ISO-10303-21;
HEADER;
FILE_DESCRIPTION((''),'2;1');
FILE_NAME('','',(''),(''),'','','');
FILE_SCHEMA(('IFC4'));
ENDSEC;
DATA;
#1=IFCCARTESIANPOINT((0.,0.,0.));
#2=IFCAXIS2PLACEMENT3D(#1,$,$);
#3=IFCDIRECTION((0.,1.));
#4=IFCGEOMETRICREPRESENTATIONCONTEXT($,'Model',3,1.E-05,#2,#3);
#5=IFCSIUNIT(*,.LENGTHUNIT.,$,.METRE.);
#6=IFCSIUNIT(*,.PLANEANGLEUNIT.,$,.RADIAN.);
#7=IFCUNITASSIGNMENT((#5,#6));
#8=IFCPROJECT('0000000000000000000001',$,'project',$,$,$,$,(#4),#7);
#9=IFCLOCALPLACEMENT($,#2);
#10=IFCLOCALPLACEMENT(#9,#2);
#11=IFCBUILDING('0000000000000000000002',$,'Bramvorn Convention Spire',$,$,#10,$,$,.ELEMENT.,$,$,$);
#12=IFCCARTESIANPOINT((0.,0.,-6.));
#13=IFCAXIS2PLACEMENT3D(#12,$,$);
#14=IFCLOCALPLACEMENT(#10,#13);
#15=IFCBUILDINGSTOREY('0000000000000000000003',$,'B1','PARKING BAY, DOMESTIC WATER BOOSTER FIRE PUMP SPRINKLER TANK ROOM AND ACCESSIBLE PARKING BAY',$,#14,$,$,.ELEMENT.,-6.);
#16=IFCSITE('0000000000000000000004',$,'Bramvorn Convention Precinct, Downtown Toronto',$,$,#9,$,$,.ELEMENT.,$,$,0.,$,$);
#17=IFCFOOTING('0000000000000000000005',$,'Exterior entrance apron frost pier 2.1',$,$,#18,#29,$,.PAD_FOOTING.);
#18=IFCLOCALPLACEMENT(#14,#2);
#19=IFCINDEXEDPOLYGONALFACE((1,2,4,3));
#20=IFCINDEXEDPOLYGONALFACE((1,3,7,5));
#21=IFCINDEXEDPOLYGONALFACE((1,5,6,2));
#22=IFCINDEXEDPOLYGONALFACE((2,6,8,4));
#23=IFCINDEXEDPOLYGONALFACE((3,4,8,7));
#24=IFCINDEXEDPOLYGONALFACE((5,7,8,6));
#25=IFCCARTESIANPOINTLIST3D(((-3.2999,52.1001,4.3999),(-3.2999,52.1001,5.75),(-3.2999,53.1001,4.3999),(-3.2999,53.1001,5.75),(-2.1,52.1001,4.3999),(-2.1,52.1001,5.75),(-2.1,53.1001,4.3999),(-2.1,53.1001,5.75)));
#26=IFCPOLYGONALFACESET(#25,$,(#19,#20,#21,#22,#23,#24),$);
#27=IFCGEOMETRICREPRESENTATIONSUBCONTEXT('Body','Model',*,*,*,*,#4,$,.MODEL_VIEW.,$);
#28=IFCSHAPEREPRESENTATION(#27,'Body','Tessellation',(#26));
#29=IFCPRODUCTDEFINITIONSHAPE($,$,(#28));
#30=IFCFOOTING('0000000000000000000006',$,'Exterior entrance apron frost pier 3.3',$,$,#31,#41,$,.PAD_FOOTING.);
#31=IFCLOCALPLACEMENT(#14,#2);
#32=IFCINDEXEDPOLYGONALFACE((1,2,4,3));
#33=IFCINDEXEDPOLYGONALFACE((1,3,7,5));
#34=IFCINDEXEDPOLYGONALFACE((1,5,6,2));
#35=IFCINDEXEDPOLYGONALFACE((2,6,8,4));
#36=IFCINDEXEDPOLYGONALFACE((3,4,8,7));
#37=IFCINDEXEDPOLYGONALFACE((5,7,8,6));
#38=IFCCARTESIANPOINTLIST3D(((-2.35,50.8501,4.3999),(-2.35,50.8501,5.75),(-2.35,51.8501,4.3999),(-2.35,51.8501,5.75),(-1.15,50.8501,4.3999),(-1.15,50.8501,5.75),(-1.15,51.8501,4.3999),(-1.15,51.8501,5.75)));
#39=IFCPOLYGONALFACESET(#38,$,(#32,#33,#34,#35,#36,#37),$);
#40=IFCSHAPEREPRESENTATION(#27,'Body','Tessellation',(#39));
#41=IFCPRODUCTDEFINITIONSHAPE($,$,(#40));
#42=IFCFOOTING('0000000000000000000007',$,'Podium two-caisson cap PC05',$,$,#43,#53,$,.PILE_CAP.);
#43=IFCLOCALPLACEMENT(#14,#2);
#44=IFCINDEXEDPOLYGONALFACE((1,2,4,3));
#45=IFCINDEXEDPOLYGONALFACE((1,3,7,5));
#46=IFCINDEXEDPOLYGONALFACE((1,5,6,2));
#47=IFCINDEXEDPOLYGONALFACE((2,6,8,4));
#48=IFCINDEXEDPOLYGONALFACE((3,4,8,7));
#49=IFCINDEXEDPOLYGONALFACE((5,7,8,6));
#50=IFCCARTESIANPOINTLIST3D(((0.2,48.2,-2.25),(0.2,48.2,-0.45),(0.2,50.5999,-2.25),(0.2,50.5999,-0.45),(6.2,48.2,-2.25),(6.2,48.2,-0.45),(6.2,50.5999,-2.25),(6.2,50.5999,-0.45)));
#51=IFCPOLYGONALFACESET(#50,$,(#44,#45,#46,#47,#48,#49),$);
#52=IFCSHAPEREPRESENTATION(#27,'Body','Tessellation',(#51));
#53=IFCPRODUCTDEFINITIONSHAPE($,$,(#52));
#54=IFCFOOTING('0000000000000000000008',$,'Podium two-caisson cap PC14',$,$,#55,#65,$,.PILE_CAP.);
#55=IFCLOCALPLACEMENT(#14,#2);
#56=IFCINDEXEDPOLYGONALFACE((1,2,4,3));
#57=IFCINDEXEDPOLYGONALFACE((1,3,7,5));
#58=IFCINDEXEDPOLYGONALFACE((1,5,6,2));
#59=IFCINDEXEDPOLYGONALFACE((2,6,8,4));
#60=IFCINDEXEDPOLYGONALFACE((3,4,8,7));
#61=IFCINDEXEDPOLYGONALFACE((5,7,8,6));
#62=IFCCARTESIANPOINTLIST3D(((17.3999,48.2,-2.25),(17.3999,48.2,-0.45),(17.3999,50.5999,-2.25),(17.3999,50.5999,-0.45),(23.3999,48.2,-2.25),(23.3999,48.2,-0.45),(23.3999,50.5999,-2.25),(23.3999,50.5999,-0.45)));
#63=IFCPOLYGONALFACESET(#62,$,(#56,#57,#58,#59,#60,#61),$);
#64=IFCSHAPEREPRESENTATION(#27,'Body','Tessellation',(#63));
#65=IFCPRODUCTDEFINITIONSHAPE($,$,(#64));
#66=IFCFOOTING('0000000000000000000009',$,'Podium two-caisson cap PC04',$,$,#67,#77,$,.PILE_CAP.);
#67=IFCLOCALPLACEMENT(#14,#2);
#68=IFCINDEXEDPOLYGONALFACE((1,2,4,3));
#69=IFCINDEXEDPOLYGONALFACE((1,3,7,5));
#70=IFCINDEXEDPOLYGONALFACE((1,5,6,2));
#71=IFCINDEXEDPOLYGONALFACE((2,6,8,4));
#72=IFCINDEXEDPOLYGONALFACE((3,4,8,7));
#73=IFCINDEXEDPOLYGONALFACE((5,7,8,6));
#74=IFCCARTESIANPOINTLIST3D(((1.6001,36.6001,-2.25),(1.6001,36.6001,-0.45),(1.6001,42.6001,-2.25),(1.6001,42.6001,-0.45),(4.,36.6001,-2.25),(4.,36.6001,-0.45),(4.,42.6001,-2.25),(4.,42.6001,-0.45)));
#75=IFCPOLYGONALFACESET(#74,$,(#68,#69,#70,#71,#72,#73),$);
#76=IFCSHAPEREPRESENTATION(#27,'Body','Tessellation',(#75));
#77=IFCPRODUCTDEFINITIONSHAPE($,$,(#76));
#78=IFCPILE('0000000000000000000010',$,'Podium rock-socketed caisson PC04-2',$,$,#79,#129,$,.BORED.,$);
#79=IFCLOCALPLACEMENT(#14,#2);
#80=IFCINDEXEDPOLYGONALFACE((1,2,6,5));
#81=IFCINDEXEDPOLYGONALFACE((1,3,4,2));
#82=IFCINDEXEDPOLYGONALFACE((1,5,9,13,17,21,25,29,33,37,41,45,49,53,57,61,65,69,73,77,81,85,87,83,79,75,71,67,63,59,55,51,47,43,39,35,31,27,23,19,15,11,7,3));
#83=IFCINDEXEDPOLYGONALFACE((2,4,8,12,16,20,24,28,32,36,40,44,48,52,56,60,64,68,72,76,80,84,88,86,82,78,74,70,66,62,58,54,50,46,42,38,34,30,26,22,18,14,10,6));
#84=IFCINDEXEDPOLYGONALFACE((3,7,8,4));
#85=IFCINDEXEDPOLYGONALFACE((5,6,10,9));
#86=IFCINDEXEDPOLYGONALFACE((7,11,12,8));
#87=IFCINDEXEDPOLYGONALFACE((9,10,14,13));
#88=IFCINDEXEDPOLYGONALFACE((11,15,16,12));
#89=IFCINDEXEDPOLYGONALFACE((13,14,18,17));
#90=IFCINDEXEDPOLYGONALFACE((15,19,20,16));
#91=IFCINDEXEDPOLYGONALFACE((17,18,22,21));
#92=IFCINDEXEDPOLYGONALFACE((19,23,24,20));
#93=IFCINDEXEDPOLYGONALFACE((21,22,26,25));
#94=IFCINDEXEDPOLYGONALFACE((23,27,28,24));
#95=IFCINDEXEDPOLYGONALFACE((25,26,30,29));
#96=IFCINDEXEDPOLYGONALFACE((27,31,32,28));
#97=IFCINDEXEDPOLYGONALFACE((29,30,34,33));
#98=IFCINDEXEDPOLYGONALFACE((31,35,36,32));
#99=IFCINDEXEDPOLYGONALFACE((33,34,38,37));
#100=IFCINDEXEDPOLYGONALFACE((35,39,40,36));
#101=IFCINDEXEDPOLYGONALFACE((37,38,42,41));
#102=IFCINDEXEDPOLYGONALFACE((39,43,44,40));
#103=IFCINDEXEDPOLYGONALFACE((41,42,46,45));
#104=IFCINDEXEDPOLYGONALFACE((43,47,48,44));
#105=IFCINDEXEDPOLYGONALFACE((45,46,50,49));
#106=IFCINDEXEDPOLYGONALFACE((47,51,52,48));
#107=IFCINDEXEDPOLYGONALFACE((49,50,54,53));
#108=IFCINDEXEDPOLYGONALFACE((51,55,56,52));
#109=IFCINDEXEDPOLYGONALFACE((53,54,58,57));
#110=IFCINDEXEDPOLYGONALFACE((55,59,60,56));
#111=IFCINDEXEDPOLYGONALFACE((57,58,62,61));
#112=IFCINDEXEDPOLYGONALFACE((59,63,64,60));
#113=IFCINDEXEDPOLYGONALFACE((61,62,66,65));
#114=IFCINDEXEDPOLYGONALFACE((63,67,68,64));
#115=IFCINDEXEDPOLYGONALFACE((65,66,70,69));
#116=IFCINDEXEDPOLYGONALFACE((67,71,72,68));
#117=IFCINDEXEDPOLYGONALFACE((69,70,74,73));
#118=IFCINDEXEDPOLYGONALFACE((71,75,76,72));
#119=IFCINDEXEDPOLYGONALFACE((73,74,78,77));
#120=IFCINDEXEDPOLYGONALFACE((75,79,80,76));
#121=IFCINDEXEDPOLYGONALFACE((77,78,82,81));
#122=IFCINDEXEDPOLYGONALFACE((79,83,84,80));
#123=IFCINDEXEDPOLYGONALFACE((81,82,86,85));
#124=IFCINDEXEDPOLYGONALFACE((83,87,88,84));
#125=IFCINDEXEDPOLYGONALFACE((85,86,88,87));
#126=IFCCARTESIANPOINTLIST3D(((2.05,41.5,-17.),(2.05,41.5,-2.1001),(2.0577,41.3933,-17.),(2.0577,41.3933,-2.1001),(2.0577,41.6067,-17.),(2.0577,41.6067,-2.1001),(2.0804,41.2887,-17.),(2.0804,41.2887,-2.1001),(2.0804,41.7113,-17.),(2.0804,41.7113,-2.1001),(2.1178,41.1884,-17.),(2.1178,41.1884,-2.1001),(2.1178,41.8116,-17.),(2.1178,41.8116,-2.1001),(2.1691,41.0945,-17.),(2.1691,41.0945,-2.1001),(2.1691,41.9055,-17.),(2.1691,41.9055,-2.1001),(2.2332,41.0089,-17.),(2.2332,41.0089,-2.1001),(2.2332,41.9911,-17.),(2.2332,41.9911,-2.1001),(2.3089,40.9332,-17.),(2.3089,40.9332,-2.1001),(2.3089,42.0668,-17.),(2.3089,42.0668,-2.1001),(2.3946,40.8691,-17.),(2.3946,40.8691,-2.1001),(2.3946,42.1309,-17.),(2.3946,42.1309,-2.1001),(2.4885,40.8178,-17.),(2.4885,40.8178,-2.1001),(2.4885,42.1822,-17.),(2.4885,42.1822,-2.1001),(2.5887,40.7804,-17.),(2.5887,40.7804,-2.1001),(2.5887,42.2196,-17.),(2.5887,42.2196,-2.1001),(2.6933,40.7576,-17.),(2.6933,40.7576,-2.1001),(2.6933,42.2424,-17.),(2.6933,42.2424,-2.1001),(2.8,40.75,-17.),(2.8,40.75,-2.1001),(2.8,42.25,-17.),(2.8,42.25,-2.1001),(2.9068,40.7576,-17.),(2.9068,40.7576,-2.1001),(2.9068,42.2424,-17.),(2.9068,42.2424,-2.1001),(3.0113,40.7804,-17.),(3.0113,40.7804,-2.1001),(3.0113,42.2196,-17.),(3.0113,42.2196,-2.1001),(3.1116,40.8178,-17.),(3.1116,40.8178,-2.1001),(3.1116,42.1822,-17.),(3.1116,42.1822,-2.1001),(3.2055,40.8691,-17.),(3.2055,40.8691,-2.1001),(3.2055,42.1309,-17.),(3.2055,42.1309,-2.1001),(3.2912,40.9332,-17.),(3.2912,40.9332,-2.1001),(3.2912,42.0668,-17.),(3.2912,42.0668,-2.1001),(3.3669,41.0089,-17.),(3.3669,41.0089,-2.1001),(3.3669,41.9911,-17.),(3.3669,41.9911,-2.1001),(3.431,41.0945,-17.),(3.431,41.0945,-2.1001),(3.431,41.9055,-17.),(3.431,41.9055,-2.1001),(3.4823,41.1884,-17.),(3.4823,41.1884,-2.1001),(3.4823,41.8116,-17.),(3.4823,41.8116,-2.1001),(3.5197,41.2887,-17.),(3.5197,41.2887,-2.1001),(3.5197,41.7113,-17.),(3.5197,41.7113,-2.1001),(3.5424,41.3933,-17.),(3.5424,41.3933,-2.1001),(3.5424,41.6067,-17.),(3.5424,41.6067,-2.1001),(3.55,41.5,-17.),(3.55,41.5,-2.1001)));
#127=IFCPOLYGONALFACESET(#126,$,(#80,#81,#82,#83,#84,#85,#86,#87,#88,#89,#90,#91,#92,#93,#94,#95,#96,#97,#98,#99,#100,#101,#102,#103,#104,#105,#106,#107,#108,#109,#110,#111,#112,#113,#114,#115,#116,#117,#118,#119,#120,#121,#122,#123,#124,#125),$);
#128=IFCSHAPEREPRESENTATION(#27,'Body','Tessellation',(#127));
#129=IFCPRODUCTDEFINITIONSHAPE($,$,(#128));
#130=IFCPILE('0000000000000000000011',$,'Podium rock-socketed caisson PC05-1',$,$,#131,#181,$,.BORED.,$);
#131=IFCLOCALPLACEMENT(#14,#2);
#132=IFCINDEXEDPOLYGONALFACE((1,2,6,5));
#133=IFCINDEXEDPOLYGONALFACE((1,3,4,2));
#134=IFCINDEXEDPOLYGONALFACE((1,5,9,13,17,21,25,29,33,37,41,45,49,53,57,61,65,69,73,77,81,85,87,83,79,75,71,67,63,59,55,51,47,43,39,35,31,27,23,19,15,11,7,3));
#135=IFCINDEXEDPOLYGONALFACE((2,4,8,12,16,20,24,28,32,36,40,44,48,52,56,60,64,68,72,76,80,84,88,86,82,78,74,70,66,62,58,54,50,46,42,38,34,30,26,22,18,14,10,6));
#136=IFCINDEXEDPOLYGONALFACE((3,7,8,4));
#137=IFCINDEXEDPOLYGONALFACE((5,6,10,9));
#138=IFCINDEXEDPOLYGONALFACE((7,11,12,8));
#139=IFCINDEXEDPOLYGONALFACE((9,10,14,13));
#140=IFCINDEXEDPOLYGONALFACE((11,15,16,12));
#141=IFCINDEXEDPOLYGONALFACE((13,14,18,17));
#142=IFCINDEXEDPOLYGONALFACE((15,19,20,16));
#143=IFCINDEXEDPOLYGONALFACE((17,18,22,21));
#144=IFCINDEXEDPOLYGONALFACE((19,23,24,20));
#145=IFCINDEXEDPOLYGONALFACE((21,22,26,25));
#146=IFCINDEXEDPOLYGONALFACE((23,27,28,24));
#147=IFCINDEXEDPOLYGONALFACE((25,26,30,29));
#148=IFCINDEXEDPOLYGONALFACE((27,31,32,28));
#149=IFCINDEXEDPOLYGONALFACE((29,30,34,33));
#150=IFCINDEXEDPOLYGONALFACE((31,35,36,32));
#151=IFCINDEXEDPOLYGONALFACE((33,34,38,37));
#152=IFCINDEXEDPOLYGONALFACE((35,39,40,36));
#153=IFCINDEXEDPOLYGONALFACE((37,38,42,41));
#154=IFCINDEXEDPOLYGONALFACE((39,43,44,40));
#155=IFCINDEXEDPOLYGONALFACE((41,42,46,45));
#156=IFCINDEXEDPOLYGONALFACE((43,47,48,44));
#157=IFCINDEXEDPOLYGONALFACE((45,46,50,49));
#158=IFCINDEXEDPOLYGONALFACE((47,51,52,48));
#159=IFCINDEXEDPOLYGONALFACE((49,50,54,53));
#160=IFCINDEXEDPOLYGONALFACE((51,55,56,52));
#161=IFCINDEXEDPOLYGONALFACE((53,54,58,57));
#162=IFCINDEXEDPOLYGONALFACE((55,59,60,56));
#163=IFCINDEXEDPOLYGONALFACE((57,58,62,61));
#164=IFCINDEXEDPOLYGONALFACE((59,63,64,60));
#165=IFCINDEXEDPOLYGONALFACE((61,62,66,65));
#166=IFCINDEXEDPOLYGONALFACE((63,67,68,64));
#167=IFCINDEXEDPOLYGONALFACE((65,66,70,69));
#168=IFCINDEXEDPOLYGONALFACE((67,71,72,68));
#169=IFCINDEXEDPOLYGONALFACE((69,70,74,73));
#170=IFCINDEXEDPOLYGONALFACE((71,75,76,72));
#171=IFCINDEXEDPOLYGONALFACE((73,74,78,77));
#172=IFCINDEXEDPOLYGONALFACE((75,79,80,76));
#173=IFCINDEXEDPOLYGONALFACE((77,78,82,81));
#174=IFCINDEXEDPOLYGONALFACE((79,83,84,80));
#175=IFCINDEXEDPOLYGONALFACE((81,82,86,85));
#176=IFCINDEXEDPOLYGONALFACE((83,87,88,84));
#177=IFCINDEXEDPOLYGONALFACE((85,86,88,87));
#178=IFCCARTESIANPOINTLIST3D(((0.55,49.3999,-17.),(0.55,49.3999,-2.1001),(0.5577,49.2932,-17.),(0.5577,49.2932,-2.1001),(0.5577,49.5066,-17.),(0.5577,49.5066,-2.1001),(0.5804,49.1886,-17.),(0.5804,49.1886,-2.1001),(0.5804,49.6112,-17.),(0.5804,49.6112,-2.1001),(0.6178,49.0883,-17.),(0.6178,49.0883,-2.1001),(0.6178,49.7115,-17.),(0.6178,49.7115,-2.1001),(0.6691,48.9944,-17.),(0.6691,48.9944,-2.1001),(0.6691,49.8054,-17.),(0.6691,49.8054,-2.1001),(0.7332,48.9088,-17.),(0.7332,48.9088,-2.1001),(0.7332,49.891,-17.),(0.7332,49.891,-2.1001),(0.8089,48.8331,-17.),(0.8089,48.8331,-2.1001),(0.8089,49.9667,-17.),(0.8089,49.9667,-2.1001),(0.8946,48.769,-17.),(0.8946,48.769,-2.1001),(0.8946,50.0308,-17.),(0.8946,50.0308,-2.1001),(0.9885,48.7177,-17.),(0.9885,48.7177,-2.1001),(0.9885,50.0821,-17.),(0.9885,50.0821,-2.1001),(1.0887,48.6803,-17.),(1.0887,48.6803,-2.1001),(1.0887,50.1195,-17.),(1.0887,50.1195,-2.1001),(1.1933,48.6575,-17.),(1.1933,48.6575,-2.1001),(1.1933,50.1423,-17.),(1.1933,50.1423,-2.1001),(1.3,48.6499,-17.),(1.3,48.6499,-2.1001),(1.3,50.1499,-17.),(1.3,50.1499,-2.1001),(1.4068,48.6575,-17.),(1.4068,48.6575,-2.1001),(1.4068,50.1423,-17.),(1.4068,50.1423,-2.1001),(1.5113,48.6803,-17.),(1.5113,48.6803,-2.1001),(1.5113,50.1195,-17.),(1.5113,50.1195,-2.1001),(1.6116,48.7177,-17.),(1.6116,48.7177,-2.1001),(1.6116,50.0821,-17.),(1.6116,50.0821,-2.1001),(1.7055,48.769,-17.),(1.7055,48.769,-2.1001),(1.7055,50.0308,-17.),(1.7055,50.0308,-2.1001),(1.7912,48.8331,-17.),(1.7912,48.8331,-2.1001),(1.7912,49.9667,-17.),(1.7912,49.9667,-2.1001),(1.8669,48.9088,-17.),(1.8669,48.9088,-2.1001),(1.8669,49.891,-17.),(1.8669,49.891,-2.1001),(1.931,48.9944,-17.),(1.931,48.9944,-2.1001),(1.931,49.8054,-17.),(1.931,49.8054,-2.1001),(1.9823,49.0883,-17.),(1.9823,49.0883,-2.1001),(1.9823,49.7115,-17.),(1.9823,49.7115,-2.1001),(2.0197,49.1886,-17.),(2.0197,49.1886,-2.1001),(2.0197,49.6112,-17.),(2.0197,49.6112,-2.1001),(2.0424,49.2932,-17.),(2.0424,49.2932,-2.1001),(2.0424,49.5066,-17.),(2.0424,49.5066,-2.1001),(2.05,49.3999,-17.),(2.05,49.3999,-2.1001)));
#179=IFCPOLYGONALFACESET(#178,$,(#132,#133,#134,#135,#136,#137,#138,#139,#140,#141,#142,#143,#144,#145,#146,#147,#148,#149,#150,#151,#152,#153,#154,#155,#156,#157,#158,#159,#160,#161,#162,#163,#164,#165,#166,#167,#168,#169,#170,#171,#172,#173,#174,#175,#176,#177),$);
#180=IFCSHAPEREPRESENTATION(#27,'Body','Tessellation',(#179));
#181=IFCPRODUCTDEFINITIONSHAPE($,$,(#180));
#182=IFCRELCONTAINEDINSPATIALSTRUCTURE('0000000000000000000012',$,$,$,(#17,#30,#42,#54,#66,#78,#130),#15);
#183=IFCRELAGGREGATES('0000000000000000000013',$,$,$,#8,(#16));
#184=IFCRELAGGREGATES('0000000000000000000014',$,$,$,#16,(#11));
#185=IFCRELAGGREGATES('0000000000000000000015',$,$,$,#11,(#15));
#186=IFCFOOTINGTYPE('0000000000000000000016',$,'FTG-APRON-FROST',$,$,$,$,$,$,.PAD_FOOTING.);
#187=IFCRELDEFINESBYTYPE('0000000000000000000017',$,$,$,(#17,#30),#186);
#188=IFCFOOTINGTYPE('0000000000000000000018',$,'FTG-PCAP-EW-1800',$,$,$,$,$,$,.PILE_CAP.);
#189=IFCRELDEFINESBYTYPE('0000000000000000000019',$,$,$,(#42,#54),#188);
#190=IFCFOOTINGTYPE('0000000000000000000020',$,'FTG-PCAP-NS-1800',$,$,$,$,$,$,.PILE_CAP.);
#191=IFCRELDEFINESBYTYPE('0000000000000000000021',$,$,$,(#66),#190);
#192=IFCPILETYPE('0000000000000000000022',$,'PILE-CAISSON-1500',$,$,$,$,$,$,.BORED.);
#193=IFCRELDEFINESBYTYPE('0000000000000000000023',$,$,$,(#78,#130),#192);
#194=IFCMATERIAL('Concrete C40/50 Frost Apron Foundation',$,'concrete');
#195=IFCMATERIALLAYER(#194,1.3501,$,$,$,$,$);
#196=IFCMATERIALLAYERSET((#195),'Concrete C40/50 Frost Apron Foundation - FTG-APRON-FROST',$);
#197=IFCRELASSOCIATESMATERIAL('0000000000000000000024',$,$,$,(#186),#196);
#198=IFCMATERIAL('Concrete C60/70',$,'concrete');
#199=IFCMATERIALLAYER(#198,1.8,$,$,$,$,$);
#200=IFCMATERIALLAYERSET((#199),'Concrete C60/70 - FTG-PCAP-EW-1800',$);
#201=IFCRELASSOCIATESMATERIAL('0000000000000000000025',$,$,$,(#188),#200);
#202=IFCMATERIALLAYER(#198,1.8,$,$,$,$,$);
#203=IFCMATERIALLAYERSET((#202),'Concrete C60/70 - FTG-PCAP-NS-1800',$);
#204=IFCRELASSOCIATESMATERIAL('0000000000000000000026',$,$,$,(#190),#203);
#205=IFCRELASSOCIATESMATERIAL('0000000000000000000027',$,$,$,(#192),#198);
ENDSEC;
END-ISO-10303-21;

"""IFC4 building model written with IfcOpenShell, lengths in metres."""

from ifc_helpers import new_model, si_unit, direction, frame, origin, origin_2d, place, context, subcontext, project, spatial, rectangle, circle, extrude, material, layer, layer_set, material_profile, profile_set, type_object, element, save


model = new_model("IFC4")

# Units and contexts
model_context = context("Model", 3, precision=1e-05, world=origin(), true_north=direction((0.0, 1.0)))
body_context = subcontext(model_context, "Body", "Model", "MODEL_VIEW")
ifc_project = project(units=[si_unit("LENGTHUNIT", "METRE"), si_unit("PLANEANGLEUNIT", "RADIAN")], contexts=[model_context])

# Site, building, storey
site_placement = place(None, origin())
site = spatial("IfcSite", under=ifc_project, at=site_placement, Name="Bramvorn Convention Precinct, Downtown Toronto", CompositionType="ELEMENT", RefElevation=0.0)
building_placement = place(site_placement, origin())
building = spatial("IfcBuilding", under=site, at=building_placement, Name="Bramvorn Convention Spire", CompositionType="ELEMENT")
storey_placement = place(building_placement, frame((0.0, 0.0, -6.0)))
storey = spatial("IfcBuildingStorey", under=building, at=storey_placement, Name="B1", Description="PARKING BAY, DOMESTIC WATER BOOSTER FIRE PUMP SPRINKLER TANK ROOM AND ACCESSIBLE PARKING BAY", CompositionType="ELEMENT", Elevation=-6.0)

# Footings
ifc_material_1 = material(Name="Concrete C40/50 Frost Apron Foundation", Category="concrete")
ifc_layer_1 = layer(ifc_material_1, 1.3501)
ifc_layer_set_1 = layer_set([ifc_layer_1], Name="Concrete C40/50 Frost Apron Foundation - FTG-APRON-FROST")
footing_type_1 = type_object("IfcFootingType", Name="FTG-APRON-FROST", PredefinedType="PAD_FOOTING", material=ifc_layer_set_1)
for number, where, z_axis, x_axis, name in (
    (1, (-2.7, 52.6001, 4.3999), (0.0, 0.0, 1.0), (1.0, 0.0, 0.0), "Exterior entrance apron frost pier 2.1"),
    (2, (-1.75, 51.3501, 4.3999), (0.0, 0.0, 1.0), (1.0, 0.0, 0.0), "Exterior entrance apron frost pier 3.3"),
):
    element("IfcFooting", number, at=place(storey_placement, frame(where, z_axis=z_axis, x_axis=x_axis)), inside=storey, type_object=footing_type_1, Name=name, PredefinedType="PAD_FOOTING", context=body_context, shape_type="SweptSolid", body=[
        extrude(rectangle(XDim=1.2, YDim=1.0, at=origin_2d()), origin(), (0.0, 0.0, 1.0), 1.3501),
    ])
ifc_material_2 = material(Name="Concrete C60/70", Category="concrete")
ifc_layer_2 = layer(ifc_material_2, 1.8)
ifc_layer_set_2 = layer_set([ifc_layer_2], Name="Concrete C60/70 - FTG-PCAP-EW-1800")
footing_type_2 = type_object("IfcFootingType", Name="FTG-PCAP-EW-1800", PredefinedType="PILE_CAP", material=ifc_layer_set_2)
for number, where, z_axis, x_axis, name in (
    (3, (3.2, 49.3999, -2.25), (0.0, 0.0, 1.0), (1.0, 0.0, 0.0), "Podium two-caisson cap PC05"),
    (4, (20.3999, 49.3999, -2.25), (0.0, 0.0, 1.0), (1.0, 0.0, 0.0), "Podium two-caisson cap PC14"),
):
    element("IfcFooting", number, at=place(storey_placement, frame(where, z_axis=z_axis, x_axis=x_axis)), inside=storey, type_object=footing_type_2, Name=name, PredefinedType="PILE_CAP", context=body_context, shape_type="SweptSolid", body=[
        extrude(rectangle(XDim=6.0, YDim=2.3999, at=origin_2d()), origin(), (0.0, 0.0, 1.0), 1.8),
    ])
ifc_layer_3 = layer(ifc_material_2, 1.8)
ifc_layer_set_3 = layer_set([ifc_layer_3], Name="Concrete C60/70 - FTG-PCAP-NS-1800")
footing_type_3 = type_object("IfcFootingType", Name="FTG-PCAP-NS-1800", PredefinedType="PILE_CAP", material=ifc_layer_set_3)
footing_placement = place(storey_placement, frame((2.8, 39.6001, -2.25), z_axis=(0.0, 0.0, 1.0), x_axis=(1.0, 0.0, 0.0)))
element("IfcFooting", 5, at=footing_placement, inside=storey, type_object=footing_type_3, Name="Podium two-caisson cap PC04", PredefinedType="PILE_CAP", context=body_context, shape_type="SweptSolid", body=[
    extrude(rectangle(XDim=2.3999, YDim=6.0, at=origin_2d()), origin(), (0.0, 0.0, 1.0), 1.8),
])

# Piles
ifc_material_profile_1 = material_profile(ifc_material_2, circle(Radius=0.75, at=origin_2d()))
ifc_profile_set_1 = profile_set([ifc_material_profile_1], Name="Concrete C60/70 - CAISSON1500")
pile_type_1 = type_object("IfcPileType", Name="PILE-CAISSON-1500", PredefinedType="BORED", material=ifc_profile_set_1)
for number, where, z_axis, x_axis, name in (
    (6, (2.8, 41.5, -2.1001), (0.0, 0.0, -1.0), (1.0, 0.0, 0.0), "Podium rock-socketed caisson PC04-2"),
    (7, (1.3, 49.3999, -2.1001), (0.0, 0.0, -1.0), (1.0, 0.0, 0.0), "Podium rock-socketed caisson PC05-1"),
):
    element("IfcPile", number, at=place(storey_placement, frame(where, z_axis=z_axis, x_axis=x_axis)), inside=storey, type_object=pile_type_1, Name=name, PredefinedType="BORED", context=body_context, shape_type="SweptSolid", body=[
        extrude(circle(Radius=0.75, at=origin_2d()), origin(), (0.0, 0.0, 1.0), 14.8999),
    ])

save(model, "model.ifc")
